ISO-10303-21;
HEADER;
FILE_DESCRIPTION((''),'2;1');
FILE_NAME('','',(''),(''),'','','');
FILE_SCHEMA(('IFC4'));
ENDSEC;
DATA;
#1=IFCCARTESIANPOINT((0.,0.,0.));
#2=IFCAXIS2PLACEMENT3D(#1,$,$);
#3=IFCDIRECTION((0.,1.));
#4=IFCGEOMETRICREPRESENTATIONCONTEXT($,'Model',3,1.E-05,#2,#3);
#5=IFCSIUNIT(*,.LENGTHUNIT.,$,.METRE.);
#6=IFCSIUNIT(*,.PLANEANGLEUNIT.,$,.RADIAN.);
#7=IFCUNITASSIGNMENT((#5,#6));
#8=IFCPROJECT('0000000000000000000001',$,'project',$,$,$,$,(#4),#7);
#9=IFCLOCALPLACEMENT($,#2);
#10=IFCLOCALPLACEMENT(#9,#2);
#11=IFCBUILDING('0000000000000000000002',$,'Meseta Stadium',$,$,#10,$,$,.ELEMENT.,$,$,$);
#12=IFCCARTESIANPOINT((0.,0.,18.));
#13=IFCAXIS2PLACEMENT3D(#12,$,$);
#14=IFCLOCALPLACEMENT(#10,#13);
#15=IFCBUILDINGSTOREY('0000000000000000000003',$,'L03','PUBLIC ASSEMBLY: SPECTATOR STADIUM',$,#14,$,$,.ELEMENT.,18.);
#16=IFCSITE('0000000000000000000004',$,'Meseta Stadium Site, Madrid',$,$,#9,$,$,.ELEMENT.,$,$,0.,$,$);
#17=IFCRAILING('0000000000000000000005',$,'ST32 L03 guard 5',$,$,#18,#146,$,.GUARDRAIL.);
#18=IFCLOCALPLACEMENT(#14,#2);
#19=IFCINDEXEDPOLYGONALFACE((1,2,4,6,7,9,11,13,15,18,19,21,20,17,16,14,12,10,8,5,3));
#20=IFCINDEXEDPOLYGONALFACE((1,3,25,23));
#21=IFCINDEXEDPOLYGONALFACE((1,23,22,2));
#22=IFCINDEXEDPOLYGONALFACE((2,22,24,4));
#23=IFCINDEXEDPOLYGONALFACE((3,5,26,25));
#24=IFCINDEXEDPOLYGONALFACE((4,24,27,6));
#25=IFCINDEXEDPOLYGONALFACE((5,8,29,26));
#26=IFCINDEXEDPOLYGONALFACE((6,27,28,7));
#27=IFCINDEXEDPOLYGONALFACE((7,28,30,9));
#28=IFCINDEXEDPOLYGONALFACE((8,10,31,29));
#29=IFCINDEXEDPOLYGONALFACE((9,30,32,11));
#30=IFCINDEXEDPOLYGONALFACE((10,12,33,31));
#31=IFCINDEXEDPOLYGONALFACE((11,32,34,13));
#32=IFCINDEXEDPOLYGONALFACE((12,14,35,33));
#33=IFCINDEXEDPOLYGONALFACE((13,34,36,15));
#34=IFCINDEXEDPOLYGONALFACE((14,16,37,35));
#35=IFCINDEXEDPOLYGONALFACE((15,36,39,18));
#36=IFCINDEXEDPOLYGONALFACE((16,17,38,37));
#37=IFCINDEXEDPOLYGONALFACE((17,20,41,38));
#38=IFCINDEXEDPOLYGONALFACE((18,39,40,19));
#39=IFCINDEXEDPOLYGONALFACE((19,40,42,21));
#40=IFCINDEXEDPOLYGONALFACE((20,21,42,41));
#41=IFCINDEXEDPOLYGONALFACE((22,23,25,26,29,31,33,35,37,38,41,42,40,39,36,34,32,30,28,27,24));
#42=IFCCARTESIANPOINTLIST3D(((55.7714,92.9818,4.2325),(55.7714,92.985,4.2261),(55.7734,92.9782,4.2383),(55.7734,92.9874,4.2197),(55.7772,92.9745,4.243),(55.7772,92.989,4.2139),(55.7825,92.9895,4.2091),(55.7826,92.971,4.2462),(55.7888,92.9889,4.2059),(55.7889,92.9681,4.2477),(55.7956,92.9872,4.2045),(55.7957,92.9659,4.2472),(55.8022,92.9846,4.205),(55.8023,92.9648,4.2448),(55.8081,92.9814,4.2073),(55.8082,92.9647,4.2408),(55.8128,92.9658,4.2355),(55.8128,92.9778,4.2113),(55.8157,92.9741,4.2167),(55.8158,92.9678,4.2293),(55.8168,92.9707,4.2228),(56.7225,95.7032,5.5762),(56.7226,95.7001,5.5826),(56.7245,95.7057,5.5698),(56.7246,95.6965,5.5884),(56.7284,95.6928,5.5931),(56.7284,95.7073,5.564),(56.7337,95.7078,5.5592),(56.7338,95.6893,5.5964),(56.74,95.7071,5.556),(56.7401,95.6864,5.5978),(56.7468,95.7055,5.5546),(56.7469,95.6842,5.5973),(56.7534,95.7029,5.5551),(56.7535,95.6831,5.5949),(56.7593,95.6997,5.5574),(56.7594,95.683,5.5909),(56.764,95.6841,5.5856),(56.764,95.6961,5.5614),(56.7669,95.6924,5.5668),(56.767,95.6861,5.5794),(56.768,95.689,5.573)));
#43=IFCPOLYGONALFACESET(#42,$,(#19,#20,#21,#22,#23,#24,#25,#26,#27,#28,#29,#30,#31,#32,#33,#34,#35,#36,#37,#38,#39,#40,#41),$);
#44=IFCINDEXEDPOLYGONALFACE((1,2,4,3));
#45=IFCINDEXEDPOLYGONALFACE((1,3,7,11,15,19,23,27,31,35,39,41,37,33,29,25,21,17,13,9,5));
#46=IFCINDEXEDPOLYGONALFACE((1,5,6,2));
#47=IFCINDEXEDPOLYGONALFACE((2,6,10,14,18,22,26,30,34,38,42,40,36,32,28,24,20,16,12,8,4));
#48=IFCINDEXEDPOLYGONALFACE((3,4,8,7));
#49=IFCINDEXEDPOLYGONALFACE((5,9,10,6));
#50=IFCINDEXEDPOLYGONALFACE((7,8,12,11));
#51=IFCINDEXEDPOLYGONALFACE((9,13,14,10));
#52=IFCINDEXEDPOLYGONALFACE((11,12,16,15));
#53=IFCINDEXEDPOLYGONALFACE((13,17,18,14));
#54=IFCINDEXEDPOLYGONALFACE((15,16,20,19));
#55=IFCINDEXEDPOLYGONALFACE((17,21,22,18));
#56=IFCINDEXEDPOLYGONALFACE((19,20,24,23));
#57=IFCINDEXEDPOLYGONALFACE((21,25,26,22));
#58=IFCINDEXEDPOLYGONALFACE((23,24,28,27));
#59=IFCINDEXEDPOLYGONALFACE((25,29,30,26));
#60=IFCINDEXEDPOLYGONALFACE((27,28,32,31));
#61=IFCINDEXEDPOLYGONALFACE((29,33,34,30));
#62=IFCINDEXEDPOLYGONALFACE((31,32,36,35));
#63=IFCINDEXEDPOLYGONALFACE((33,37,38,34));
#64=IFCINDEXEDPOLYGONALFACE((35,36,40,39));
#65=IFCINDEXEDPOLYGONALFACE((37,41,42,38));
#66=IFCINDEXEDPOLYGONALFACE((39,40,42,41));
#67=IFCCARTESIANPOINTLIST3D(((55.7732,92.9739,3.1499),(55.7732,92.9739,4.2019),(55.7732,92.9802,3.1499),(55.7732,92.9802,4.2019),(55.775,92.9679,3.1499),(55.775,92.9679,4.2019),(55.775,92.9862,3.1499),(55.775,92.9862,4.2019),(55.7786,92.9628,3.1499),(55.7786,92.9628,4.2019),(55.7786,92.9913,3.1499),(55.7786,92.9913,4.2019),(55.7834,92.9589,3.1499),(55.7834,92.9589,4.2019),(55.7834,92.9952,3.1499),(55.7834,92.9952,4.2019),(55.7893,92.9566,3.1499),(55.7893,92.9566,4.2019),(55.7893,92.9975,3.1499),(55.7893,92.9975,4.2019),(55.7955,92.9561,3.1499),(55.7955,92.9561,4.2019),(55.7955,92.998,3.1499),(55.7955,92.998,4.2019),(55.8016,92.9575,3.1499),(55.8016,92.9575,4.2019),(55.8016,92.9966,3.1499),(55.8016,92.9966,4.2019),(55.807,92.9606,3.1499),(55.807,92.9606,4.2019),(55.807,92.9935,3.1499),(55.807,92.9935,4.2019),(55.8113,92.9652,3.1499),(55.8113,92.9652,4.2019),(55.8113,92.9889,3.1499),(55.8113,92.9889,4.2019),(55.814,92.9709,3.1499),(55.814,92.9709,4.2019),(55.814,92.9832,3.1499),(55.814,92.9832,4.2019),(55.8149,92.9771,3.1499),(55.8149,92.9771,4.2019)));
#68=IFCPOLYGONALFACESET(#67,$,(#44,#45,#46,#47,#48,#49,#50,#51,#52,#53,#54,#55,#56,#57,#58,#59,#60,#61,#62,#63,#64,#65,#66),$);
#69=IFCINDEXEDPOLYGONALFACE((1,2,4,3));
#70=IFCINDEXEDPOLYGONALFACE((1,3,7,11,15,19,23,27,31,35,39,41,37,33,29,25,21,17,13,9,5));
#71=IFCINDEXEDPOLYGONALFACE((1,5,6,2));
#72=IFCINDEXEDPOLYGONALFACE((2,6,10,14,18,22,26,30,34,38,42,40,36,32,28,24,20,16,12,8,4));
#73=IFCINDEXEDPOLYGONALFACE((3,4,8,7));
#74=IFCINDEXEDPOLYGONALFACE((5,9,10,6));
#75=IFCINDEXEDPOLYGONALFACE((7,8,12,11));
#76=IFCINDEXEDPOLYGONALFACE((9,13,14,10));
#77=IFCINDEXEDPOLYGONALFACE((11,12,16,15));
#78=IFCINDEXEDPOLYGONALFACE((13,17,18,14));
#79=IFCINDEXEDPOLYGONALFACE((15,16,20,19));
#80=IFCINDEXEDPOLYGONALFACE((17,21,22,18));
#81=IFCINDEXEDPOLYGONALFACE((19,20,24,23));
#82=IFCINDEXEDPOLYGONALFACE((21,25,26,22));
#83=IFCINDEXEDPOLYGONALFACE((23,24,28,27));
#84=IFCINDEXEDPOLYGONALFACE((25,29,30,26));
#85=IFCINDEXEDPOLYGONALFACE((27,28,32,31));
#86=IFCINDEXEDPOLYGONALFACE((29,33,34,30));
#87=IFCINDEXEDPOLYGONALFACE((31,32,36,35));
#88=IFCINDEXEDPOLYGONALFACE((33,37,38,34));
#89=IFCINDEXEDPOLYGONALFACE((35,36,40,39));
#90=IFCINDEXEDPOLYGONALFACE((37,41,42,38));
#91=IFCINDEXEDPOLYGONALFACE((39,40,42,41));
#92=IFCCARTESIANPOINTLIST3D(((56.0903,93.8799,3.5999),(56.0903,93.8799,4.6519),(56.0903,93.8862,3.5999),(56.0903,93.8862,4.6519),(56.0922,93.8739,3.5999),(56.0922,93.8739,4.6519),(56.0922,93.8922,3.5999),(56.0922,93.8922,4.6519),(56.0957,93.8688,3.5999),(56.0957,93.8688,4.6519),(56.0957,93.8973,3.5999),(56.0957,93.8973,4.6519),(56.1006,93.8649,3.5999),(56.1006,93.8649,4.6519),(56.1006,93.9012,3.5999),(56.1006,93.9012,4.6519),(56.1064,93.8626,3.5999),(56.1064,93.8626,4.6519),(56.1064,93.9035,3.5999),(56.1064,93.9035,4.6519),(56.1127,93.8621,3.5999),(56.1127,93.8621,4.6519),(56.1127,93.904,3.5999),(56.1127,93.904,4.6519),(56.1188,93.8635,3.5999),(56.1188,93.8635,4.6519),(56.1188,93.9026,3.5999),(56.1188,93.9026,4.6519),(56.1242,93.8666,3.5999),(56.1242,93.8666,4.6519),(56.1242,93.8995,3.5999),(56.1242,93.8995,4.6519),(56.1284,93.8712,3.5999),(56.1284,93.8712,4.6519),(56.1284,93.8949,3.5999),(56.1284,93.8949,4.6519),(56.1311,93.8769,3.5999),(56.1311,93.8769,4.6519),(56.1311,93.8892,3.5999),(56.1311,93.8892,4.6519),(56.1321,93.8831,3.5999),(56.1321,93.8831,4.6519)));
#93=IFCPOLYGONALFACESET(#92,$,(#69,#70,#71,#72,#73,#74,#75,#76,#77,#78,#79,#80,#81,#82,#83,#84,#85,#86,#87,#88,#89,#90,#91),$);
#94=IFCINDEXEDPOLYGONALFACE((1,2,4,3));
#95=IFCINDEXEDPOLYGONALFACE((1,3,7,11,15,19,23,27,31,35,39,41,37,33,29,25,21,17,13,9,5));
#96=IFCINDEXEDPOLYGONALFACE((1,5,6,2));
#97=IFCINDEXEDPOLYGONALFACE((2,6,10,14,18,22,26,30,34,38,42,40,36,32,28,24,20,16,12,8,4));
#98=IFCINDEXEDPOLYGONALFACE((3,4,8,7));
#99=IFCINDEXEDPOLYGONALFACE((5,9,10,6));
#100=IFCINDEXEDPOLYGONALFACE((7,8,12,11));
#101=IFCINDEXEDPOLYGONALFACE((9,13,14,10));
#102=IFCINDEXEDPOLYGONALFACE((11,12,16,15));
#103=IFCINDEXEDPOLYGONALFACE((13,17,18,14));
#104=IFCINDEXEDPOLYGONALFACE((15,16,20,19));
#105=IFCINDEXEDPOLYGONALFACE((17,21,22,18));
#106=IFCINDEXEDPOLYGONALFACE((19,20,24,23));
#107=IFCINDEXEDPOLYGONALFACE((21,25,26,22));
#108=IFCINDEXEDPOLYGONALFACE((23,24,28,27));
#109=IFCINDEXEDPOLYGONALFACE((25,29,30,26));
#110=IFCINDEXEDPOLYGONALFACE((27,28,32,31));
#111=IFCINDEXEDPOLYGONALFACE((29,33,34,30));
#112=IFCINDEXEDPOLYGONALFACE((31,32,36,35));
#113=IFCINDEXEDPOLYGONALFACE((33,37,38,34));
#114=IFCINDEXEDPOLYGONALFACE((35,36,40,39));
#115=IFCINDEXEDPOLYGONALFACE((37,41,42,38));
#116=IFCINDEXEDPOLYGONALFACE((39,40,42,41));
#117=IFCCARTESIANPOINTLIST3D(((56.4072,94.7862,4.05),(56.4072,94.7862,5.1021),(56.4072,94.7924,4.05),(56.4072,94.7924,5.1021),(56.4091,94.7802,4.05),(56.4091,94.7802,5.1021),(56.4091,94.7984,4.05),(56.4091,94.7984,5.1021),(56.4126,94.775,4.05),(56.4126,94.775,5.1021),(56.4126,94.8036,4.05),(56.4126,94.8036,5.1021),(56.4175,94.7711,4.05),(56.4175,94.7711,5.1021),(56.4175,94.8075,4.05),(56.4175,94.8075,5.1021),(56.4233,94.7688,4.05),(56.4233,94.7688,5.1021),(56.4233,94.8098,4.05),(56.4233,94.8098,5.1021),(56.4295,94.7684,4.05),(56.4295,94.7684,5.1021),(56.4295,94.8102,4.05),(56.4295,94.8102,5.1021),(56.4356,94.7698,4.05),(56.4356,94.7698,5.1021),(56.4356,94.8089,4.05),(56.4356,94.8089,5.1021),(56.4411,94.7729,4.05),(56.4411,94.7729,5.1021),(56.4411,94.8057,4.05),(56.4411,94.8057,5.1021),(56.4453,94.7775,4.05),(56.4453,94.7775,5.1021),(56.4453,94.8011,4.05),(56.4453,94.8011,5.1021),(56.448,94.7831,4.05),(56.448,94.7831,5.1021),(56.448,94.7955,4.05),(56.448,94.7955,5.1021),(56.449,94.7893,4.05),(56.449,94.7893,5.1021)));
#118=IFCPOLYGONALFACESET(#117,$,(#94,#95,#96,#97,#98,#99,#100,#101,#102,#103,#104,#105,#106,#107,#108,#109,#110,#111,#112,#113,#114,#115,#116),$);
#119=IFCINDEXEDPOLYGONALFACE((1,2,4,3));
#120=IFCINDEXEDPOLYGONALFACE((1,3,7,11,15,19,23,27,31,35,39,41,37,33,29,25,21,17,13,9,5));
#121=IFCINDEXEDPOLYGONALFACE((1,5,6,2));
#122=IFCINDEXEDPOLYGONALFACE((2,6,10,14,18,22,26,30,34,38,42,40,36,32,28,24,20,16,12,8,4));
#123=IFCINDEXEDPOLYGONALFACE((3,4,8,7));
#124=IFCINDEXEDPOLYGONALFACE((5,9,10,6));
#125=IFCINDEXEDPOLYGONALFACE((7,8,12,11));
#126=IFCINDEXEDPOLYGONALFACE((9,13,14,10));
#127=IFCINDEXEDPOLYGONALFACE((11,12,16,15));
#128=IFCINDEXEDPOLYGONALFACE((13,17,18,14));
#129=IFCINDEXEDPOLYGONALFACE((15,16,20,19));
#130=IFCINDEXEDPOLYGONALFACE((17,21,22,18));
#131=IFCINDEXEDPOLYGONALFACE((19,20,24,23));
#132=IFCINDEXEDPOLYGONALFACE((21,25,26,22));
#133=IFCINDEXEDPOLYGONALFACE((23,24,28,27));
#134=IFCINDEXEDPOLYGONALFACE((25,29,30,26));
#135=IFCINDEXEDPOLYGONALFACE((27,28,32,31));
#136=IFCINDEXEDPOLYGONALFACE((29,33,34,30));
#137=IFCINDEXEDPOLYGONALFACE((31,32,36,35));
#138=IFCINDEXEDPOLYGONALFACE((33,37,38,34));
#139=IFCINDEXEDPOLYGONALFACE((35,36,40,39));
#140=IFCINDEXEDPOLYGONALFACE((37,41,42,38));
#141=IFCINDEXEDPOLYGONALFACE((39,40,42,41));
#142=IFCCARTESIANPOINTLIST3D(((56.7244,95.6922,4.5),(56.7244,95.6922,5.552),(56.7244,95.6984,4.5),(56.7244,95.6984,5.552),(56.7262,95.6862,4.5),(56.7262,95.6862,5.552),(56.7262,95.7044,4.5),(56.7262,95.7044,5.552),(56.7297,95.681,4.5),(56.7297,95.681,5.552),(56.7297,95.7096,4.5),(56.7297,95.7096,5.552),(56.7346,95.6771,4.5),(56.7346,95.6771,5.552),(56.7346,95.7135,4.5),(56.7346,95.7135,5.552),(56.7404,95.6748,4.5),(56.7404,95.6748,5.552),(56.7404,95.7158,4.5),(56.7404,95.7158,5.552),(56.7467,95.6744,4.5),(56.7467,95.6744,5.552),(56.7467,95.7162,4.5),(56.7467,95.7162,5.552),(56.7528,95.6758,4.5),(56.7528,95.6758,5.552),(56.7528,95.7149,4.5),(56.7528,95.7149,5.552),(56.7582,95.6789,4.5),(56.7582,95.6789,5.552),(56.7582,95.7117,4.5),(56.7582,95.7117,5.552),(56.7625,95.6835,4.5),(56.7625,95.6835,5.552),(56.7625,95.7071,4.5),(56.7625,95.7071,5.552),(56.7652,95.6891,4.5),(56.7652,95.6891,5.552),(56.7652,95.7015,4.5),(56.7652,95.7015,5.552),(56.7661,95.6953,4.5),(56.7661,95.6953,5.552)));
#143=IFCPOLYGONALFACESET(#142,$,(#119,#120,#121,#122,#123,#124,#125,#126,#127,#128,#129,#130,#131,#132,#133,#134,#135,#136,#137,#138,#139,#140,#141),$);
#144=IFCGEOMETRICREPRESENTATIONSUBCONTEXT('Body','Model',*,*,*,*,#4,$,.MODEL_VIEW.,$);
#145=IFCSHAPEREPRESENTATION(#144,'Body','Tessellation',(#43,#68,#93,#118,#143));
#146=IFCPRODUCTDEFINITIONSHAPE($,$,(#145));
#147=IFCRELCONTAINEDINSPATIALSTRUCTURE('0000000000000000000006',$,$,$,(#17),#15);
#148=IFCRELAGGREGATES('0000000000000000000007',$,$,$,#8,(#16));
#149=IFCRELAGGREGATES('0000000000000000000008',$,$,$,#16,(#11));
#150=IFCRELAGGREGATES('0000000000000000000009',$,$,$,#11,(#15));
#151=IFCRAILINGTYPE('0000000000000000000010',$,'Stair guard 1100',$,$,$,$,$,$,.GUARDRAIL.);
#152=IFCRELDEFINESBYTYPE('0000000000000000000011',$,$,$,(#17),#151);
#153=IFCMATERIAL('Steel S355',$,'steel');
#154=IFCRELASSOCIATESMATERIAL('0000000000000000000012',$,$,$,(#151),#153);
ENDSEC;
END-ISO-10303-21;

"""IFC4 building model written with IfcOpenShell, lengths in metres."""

from ifc_helpers import new_model, si_unit, direction, frame, origin, origin_2d, place, context, subcontext, project, spatial, circle, extrude, material, type_object, element, save


model = new_model("IFC4")

# Units and contexts
model_context = context("Model", 3, precision=1e-05, world=origin(), true_north=direction((0.0, 1.0)))
body_context = subcontext(model_context, "Body", "Model", "MODEL_VIEW")
ifc_project = project(units=[si_unit("LENGTHUNIT", "METRE"), si_unit("PLANEANGLEUNIT", "RADIAN")], contexts=[model_context])

# Site, building, storey
site_placement = place(None, origin())
site = spatial("IfcSite", under=ifc_project, at=site_placement, Name="Meseta Stadium Site, Madrid", CompositionType="ELEMENT", RefElevation=0.0)
building_placement = place(site_placement, origin())
building = spatial("IfcBuilding", under=site, at=building_placement, Name="Meseta Stadium", CompositionType="ELEMENT")
storey_placement = place(building_placement, frame((0.0, 0.0, 18.0)))
storey = spatial("IfcBuildingStorey", under=building, at=storey_placement, Name="L03", Description="PUBLIC ASSEMBLY: SPECTATOR STADIUM", CompositionType="ELEMENT", Elevation=18.0)

# Railing
ifc_material_1 = material(Name="Steel S355", Category="steel")
railing_type = type_object("IfcRailingType", Name="Stair guard 1100", PredefinedType="GUARDRAIL", material=ifc_material_1)
railing_1_placement = place(storey_placement, frame((55.7939, 92.9771, 3.1499)))
element("IfcRailing", 1, at=railing_1_placement, inside=storey, type_object=railing_type, Name="ST32 L03 guard 5", PredefinedType="GUARDRAIL", context=body_context, shape_type="SweptSolid", body=[
    extrude(circle(Radius=0.0239, at=origin_2d()), frame((0.0, 0.0, 1.0762), z_axis=(0.299051, 0.854629, 0.424474), x_axis=(-0.943882, 0.330282, 0.0)), (0.0, 0.0, 1.0), 3.1807),
    extrude(circle(Radius=0.021, at=origin_2d()), origin(), (0.0, 0.0, 1.0), 1.052),
    extrude(circle(Radius=0.021, at=origin_2d()), frame((0.3171, 0.906, 0.45)), (0.0, 0.0, 1.0), 1.052),
    extrude(circle(Radius=0.021, at=origin_2d()), frame((0.634, 1.8123, 0.9001)), (0.0, 0.0, 1.0), 1.052),
    extrude(circle(Radius=0.021, at=origin_2d()), frame((0.9512, 2.7183, 1.3501)), (0.0, 0.0, 1.0), 1.052),
])

save(model, "model.ifc")
